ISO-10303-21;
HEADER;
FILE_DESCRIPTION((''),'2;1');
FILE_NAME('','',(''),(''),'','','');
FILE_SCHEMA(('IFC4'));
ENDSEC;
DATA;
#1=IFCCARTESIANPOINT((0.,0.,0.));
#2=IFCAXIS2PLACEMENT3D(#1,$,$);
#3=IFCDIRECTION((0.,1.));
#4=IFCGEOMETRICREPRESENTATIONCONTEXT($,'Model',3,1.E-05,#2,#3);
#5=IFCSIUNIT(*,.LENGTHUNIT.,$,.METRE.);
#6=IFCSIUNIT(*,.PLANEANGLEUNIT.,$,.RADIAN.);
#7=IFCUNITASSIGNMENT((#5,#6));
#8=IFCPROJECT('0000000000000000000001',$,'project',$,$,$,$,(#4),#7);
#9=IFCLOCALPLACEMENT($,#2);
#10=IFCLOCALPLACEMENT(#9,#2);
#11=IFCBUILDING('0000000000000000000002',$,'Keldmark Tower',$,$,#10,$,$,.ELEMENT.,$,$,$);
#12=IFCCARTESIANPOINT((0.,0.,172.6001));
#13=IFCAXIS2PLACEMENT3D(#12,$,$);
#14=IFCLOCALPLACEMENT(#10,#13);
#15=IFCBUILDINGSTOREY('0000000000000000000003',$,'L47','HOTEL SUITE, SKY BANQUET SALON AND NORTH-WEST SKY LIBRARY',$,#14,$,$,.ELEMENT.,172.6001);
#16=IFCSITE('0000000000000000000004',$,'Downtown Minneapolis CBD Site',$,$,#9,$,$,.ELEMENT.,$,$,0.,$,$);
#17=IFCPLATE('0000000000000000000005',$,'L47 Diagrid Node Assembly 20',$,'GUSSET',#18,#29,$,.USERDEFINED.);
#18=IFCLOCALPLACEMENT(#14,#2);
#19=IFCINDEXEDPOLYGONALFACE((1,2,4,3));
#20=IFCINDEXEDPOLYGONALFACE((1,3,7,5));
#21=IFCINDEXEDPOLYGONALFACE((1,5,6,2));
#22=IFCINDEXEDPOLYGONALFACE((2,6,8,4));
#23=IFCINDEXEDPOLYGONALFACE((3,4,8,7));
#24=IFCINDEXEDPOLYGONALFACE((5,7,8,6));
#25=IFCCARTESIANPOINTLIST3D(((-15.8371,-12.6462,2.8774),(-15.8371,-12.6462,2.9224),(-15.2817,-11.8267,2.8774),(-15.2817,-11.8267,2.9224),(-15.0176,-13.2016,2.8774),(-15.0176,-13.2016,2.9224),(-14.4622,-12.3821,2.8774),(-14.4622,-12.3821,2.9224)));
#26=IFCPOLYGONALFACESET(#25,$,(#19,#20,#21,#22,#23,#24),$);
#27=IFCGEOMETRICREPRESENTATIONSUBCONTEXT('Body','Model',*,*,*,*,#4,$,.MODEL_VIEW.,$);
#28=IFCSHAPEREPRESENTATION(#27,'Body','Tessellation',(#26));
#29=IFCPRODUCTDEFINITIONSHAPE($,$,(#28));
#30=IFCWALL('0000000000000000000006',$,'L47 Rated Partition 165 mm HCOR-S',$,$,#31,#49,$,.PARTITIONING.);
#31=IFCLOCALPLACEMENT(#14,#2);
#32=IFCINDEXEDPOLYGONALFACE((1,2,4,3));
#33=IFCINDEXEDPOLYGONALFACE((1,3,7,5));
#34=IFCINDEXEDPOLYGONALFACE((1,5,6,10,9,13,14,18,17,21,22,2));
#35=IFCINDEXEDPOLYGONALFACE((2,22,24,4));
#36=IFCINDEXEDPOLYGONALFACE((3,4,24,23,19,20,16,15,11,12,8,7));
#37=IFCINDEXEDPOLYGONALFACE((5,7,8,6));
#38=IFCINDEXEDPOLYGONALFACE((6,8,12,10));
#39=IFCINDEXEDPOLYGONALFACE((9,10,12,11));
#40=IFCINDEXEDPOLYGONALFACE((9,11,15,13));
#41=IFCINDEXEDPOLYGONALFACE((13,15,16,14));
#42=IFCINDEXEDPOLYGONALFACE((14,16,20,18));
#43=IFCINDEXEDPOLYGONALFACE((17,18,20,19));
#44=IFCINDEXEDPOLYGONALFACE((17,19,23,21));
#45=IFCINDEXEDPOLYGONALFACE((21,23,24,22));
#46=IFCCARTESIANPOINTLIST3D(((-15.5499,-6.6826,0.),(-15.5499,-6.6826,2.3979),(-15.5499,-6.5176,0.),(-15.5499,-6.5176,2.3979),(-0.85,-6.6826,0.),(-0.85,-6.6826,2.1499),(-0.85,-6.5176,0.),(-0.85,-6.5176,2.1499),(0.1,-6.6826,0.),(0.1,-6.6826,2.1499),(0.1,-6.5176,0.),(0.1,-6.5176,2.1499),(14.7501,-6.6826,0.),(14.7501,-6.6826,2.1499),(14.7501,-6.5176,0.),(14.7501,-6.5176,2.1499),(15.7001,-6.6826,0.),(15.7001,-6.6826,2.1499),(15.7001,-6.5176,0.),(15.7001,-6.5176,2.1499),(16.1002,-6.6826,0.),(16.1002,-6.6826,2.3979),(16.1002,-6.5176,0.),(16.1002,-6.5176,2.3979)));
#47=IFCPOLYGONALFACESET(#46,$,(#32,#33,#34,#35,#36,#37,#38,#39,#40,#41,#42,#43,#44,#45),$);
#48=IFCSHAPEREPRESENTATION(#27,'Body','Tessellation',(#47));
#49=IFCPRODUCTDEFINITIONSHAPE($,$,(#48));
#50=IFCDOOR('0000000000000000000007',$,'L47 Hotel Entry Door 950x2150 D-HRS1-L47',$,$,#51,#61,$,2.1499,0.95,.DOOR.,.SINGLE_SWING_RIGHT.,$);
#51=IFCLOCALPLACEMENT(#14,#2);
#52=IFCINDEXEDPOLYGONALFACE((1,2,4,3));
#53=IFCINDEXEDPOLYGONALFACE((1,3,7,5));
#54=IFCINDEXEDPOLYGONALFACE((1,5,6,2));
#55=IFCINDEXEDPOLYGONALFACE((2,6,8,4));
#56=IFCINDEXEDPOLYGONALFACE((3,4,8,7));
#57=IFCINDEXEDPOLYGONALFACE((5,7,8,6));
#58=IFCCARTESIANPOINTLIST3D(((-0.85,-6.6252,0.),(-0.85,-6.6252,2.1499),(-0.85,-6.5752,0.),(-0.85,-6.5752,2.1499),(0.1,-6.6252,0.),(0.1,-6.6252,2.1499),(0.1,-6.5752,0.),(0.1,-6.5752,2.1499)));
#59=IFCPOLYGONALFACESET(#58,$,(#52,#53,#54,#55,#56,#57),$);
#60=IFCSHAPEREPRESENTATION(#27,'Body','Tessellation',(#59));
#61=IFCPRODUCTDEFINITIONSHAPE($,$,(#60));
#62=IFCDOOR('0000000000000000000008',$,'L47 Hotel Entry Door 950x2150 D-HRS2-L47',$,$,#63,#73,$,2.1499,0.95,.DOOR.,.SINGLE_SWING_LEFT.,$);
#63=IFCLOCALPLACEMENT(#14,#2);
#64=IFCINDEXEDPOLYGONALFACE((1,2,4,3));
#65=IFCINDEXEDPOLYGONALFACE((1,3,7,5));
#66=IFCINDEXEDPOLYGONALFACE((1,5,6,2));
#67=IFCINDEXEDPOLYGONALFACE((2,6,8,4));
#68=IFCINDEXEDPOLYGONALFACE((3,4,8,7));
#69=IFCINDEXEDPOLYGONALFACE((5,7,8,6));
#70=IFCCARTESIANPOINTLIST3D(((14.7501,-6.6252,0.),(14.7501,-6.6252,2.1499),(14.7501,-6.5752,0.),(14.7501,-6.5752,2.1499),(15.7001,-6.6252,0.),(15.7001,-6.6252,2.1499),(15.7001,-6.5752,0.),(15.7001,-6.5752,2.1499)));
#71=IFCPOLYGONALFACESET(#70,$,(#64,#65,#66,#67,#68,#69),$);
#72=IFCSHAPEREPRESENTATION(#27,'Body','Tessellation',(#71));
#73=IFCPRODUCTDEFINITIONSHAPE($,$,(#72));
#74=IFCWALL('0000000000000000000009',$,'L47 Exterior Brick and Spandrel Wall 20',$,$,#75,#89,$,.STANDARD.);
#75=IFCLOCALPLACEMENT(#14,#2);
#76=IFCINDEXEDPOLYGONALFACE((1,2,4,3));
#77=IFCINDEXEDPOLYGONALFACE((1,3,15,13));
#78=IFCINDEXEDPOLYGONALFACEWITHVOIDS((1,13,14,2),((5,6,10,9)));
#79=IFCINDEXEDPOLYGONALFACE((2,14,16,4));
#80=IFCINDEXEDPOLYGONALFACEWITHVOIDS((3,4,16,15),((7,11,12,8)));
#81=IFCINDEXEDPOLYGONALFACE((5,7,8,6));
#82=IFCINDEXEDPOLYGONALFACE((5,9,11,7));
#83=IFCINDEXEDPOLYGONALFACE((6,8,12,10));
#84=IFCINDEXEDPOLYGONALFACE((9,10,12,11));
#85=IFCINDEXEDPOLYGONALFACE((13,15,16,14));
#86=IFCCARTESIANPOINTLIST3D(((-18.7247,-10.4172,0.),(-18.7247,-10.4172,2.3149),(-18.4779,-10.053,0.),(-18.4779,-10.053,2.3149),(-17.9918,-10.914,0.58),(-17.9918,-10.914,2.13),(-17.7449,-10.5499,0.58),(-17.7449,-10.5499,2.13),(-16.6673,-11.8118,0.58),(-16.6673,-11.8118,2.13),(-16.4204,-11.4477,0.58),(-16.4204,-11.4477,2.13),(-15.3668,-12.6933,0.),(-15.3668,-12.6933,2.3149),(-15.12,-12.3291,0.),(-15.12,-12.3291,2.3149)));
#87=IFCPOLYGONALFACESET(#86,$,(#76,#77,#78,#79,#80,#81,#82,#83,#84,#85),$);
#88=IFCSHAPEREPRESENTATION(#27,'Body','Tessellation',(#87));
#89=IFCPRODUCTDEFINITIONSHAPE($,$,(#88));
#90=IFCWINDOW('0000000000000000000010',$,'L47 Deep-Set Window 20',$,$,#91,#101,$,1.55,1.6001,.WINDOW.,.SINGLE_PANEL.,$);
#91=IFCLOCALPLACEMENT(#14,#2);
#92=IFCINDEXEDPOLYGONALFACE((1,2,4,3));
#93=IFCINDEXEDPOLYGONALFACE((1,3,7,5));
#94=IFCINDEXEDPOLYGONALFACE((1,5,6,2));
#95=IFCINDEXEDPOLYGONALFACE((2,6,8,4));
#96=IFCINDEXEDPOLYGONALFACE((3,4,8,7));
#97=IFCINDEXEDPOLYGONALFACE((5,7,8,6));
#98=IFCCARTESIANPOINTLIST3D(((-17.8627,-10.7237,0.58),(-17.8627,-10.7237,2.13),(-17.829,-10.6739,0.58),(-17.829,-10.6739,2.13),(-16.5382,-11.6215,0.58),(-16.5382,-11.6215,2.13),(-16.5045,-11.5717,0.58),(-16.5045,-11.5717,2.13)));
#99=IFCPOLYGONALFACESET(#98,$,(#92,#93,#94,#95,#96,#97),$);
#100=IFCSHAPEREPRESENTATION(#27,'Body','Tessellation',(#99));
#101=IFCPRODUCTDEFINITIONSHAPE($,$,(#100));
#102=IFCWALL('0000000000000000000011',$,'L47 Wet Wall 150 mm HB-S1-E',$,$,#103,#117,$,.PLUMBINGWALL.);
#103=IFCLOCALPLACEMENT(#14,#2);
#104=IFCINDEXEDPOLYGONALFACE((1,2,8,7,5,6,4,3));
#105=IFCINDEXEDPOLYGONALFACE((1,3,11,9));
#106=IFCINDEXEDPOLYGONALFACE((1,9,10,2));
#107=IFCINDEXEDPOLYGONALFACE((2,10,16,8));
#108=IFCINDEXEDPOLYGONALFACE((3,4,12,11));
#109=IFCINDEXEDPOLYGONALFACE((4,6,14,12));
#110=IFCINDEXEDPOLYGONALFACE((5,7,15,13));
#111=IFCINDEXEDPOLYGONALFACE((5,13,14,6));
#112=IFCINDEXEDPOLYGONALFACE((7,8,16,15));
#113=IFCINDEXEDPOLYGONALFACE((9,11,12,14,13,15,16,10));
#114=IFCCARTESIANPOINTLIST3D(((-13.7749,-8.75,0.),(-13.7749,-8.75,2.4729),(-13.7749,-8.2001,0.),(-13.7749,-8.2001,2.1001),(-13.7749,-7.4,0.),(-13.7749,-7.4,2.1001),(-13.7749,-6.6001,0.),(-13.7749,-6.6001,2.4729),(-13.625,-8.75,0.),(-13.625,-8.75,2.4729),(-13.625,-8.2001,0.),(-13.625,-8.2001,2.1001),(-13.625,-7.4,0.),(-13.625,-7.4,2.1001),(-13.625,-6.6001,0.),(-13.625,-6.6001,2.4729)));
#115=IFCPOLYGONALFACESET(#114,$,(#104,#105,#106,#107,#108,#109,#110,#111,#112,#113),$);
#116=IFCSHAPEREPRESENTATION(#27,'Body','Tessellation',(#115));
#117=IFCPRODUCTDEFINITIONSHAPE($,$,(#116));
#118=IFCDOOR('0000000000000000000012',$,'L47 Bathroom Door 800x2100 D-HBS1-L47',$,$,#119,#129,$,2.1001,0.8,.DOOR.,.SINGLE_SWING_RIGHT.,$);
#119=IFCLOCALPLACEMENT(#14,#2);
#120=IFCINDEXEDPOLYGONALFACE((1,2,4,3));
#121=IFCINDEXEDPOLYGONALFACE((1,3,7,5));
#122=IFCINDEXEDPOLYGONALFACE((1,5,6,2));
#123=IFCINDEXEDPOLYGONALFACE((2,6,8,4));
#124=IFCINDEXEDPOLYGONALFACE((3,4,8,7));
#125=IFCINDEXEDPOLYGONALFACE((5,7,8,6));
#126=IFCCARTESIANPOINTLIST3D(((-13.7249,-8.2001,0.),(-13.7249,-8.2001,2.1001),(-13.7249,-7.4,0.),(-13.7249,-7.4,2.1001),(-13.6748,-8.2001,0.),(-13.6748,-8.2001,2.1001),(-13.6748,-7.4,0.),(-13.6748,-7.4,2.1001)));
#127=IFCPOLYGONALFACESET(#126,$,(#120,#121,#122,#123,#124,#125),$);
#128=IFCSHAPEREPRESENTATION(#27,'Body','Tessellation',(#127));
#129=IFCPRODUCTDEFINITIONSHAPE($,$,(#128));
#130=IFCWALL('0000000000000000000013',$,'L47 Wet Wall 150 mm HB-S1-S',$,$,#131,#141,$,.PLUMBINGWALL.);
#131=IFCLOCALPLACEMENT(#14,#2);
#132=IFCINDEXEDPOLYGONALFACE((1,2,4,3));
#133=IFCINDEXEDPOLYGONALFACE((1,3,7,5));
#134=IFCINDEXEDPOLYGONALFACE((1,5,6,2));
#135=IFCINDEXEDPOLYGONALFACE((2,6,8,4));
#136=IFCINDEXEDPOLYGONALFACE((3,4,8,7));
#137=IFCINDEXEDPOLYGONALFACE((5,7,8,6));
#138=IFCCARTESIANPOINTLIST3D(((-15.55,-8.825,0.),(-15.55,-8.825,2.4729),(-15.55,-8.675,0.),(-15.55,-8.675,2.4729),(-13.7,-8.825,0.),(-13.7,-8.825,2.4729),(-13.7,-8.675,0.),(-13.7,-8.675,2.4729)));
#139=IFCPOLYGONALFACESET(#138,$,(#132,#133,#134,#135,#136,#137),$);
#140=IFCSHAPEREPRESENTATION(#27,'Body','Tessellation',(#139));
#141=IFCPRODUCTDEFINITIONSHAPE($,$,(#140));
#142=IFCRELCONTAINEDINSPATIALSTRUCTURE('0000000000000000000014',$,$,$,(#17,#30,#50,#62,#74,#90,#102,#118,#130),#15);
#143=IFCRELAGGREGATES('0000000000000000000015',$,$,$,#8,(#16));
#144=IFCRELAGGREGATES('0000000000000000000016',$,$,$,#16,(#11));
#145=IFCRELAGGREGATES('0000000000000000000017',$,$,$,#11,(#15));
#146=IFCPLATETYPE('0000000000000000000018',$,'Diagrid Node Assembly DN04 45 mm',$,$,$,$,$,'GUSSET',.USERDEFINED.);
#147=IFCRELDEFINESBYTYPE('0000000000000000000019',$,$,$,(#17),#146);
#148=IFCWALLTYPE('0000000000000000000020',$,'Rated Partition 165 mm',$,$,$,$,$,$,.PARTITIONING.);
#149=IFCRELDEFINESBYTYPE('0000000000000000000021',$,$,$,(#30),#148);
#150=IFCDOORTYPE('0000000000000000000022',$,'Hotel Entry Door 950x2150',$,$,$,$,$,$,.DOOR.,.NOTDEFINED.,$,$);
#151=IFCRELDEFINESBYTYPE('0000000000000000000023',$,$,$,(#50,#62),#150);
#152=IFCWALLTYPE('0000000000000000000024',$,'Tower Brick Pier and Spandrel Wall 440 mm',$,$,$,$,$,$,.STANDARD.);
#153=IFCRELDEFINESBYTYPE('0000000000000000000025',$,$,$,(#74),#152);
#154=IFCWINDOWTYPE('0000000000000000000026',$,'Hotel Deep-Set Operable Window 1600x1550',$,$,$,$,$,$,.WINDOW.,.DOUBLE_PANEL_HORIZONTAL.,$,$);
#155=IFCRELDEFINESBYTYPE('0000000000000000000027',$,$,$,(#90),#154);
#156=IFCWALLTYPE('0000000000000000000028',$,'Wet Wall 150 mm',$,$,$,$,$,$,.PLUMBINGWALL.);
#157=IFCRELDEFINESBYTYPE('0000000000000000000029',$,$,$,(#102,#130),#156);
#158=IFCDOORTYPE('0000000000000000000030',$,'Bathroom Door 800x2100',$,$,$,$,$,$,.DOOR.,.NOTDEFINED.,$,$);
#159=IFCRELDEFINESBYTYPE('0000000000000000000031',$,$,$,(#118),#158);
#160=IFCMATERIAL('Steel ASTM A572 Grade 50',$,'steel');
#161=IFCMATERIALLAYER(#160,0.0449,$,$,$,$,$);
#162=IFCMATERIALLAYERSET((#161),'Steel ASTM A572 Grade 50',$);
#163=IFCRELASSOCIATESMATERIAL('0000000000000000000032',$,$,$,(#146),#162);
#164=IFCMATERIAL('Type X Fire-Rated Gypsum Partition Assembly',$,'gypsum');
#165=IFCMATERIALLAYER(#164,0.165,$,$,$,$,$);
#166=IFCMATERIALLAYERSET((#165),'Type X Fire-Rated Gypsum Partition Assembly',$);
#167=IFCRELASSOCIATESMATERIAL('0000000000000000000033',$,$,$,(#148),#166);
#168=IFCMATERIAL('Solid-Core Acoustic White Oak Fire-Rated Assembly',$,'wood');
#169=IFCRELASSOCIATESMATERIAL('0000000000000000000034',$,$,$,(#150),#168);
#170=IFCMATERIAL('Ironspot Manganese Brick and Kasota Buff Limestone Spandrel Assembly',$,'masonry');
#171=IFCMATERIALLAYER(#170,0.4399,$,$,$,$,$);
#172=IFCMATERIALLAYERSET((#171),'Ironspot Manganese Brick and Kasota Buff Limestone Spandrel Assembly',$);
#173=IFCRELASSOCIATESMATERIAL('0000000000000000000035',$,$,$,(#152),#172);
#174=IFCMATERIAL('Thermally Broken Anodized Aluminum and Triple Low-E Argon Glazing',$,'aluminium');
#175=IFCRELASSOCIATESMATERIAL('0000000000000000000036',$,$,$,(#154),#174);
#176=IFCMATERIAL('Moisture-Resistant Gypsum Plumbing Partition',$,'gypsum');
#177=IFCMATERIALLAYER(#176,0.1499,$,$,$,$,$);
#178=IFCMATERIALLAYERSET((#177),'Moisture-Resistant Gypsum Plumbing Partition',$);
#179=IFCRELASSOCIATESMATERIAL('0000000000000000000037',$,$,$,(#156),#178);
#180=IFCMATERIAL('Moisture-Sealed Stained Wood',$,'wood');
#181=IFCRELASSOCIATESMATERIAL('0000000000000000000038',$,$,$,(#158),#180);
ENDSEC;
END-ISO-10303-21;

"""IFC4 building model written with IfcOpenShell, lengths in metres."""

from ifc_helpers import new_model, si_unit, direction, frame, frame_2d, origin, origin_2d, place, context, subcontext, project, spatial, rectangle, extrude, material, layer, layer_set, type_object, element, fill, save


model = new_model("IFC4")

# Units and contexts
model_context = context("Model", 3, precision=1e-05, world=origin(), true_north=direction((0.0, 1.0)))
body_context = subcontext(model_context, "Body", "Model", "MODEL_VIEW")
ifc_project = project(units=[si_unit("LENGTHUNIT", "METRE"), si_unit("PLANEANGLEUNIT", "RADIAN")], contexts=[model_context])

# Site, building, storey
site_placement = place(None, origin())
site = spatial("IfcSite", under=ifc_project, at=site_placement, Name="Downtown Minneapolis CBD Site", CompositionType="ELEMENT", RefElevation=0.0)
building_placement = place(site_placement, origin())
building = spatial("IfcBuilding", under=site, at=building_placement, Name="Keldmark Tower", CompositionType="ELEMENT")
storey_placement = place(building_placement, frame((0.0, 0.0, 172.6001)))
storey = spatial("IfcBuildingStorey", under=building, at=storey_placement, Name="L47", Description="HOTEL SUITE, SKY BANQUET SALON AND NORTH-WEST SKY LIBRARY", CompositionType="ELEMENT", Elevation=172.6001)

# Plate
ifc_material_1 = material(Name="Steel ASTM A572 Grade 50", Category="steel")
ifc_layer_1 = layer(ifc_material_1, 0.0449)
ifc_layer_set_1 = layer_set([ifc_layer_1], Name="Steel ASTM A572 Grade 50")
plate_type = type_object("IfcPlateType", Name="Diagrid Node Assembly DN04 45 mm", ElementType="GUSSET", PredefinedType="USERDEFINED", material=ifc_layer_set_1)
plate_placement = place(storey_placement, frame((-15.1497, -12.5142, 2.8774), z_axis=(0.0, 0.0, 1.0), x_axis=(0.827767, -0.561072, 0.0)))
element("IfcPlate", 1, at=plate_placement, inside=storey, type_object=plate_type, Name="L47 Diagrid Node Assembly 20", ObjectType="GUSSET", PredefinedType="USERDEFINED", context=body_context, shape_type="SweptSolid", body=[
    extrude(rectangle(XDim=0.99, YDim=0.99, at=origin_2d()), origin(), (0.0, 0.0, 1.0), 0.0449),
])

# Wall, openings, doors
ifc_material_2 = material(Name="Type X Fire-Rated Gypsum Partition Assembly", Category="gypsum")
ifc_layer_2 = layer(ifc_material_2, 0.165)
ifc_layer_set_2 = layer_set([ifc_layer_2], Name="Type X Fire-Rated Gypsum Partition Assembly")
wall_type_1 = type_object("IfcWallType", Name="Rated Partition 165 mm", PredefinedType="PARTITIONING", material=ifc_layer_set_2)
wall_1_placement = place(storey_placement, frame((-15.55, -6.6001, 0.0), z_axis=(0.0, 0.0, 1.0), x_axis=(1.0, 0.0, 0.0)))
wall_1 = element("IfcWall", 2, at=wall_1_placement, inside=storey, type_object=wall_type_1, Name="L47 Rated Partition 165 mm HCOR-S", PredefinedType="PARTITIONING", context=body_context, shape_type="SweptSolid", body=[
    extrude(rectangle(XDim=31.6501, YDim=0.165, at=frame_2d((15.8252, 0.0))), origin(), (0.0, 0.0, 1.0), 2.3979),
])
opening_1_placement = place(wall_1_placement, frame((14.7, 0.0, 0.0)))
opening_1 = element("IfcOpeningElement", 3, at=opening_1_placement, cuts=wall_1, PredefinedType="OPENING", context=body_context, shape_type="SweptSolid", body=[
    extrude(rectangle(XDim=0.95, YDim=2.1499, at=frame_2d((0.4751, 1.075))), frame((0.0, 0.0925, 0.0), z_axis=(0.0, -1.0, 0.0), x_axis=(1.0, 0.0, 0.0)), (0.0, 0.0, 1.0), 0.1851),
])
opening_2_placement = place(wall_1_placement, frame((30.3, 0.0, 0.0)))
opening_2 = element("IfcOpeningElement", 4, at=opening_2_placement, cuts=wall_1, PredefinedType="OPENING", context=body_context, shape_type="SweptSolid", body=[
    extrude(rectangle(XDim=0.95, YDim=2.1499, at=frame_2d((0.4751, 1.075))), frame((0.0, 0.0925, 0.0), z_axis=(0.0, -1.0, 0.0), x_axis=(1.0, 0.0, 0.0)), (0.0, 0.0, 1.0), 0.1851),
])
ifc_material_3 = material(Name="Solid-Core Acoustic White Oak Fire-Rated Assembly", Category="wood")
door_type_1 = type_object("IfcDoorType", Name="Hotel Entry Door 950x2150", OperationType="NOTDEFINED", PredefinedType="DOOR", material=ifc_material_3)
door_1_placement = place(opening_1_placement, origin())
door_1 = element("IfcDoor", 5, at=door_1_placement, inside=storey, type_object=door_type_1, Name="L47 Hotel Entry Door 950x2150 D-HRS1-L47", OperationType="SINGLE_SWING_RIGHT", OverallHeight=2.1499, OverallWidth=0.95, PredefinedType="DOOR", context=body_context, shape_type="SweptSolid", body=[
    extrude(rectangle(XDim=0.95, YDim=2.1499, at=frame_2d((0.4751, 1.075))), frame((0.0, 0.0249, 0.0), z_axis=(0.0, -1.0, 0.0), x_axis=(1.0, 0.0, 0.0)), (0.0, 0.0, 1.0), 0.05),
])
fill(opening_1, door_1)
door_2_placement = place(opening_2_placement, origin())
door_2 = element("IfcDoor", 6, at=door_2_placement, inside=storey, type_object=door_type_1, Name="L47 Hotel Entry Door 950x2150 D-HRS2-L47", OperationType="SINGLE_SWING_LEFT", OverallHeight=2.1499, OverallWidth=0.95, PredefinedType="DOOR", context=body_context, shape_type="SweptSolid", body=[
    extrude(rectangle(XDim=0.95, YDim=2.1499, at=frame_2d((0.4751, 1.075))), frame((0.0, 0.0249, 0.0), z_axis=(0.0, -1.0, 0.0), x_axis=(1.0, 0.0, 0.0)), (0.0, 0.0, 1.0), 0.05),
])
fill(opening_2, door_2)

# Wall, opening, window
ifc_material_4 = material(Name="Ironspot Manganese Brick and Kasota Buff Limestone Spandrel Assembly", Category="masonry")
ifc_layer_3 = layer(ifc_material_4, 0.4399)
ifc_layer_set_3 = layer_set([ifc_layer_3], Name="Ironspot Manganese Brick and Kasota Buff Limestone Spandrel Assembly")
wall_type_2 = type_object("IfcWallType", Name="Tower Brick Pier and Spandrel Wall 440 mm", PredefinedType="STANDARD", material=ifc_layer_set_3)
wall_2_placement = place(storey_placement, frame((-15.2434, -12.5112, 0.0), z_axis=(0.0, 0.0, 1.0), x_axis=(-0.827757, 0.561086, 0.0)))
wall_2 = element("IfcWall", 7, at=wall_2_placement, inside=storey, type_object=wall_type_2, Name="L47 Exterior Brick and Spandrel Wall 20", PredefinedType="STANDARD", context=body_context, shape_type="SweptSolid", body=[
    extrude(rectangle(XDim=4.0566, YDim=0.4399, at=frame_2d((2.0283, 0.0))), origin(), (0.0, 0.0, 1.0), 2.3149),
])
opening_3_placement = place(wall_2_placement, frame((1.571, 0.0, 0.5801)))
opening_3 = element("IfcOpeningElement", 8, at=opening_3_placement, cuts=wall_2, PredefinedType="OPENING", context=body_context, shape_type="SweptSolid", body=[
    extrude(rectangle(XDim=1.6001, YDim=1.55, at=frame_2d((0.8, 0.7749))), frame((0.0, 0.23, 0.0), z_axis=(0.0, -1.0, 0.0), x_axis=(1.0, 0.0, 0.0)), (0.0, 0.0, 1.0), 0.46),
])
ifc_material_5 = material(Name="Thermally Broken Anodized Aluminum and Triple Low-E Argon Glazing", Category="aluminium")
window_type = type_object("IfcWindowType", Name="Hotel Deep-Set Operable Window 1600x1550", PartitioningType="DOUBLE_PANEL_HORIZONTAL", PredefinedType="WINDOW", material=ifc_material_5)
window_placement = place(opening_3_placement, origin())
window = element("IfcWindow", 9, at=window_placement, inside=storey, type_object=window_type, Name="L47 Deep-Set Window 20", OverallHeight=1.55, OverallWidth=1.6001, PartitioningType="SINGLE_PANEL", PredefinedType="WINDOW", context=body_context, shape_type="SweptSolid", body=[
    extrude(rectangle(XDim=1.6001, YDim=1.55, at=frame_2d((0.8, 0.7749))), frame((0.0, -0.01, 0.0), z_axis=(0.0, -1.0, 0.0), x_axis=(1.0, 0.0, 0.0)), (0.0, 0.0, 1.0), 0.0601),
])
fill(opening_3, window)

# Wall, opening, door
ifc_material_6 = material(Name="Moisture-Resistant Gypsum Plumbing Partition", Category="gypsum")
ifc_layer_4 = layer(ifc_material_6, 0.1499)
ifc_layer_set_4 = layer_set([ifc_layer_4], Name="Moisture-Resistant Gypsum Plumbing Partition")
wall_type_3 = type_object("IfcWallType", Name="Wet Wall 150 mm", PredefinedType="PLUMBINGWALL", material=ifc_layer_set_4)
wall_3_placement = place(storey_placement, frame((-13.7, -8.75, 0.0), z_axis=(0.0, 0.0, 1.0), x_axis=(0.0, 1.0, 0.0)))
wall_3 = element("IfcWall", 10, at=wall_3_placement, inside=storey, type_object=wall_type_3, Name="L47 Wet Wall 150 mm HB-S1-E", PredefinedType="PLUMBINGWALL", context=body_context, shape_type="SweptSolid", body=[
    extrude(rectangle(XDim=2.1499, YDim=0.1499, at=frame_2d((1.075, 0.0))), origin(), (0.0, 0.0, 1.0), 2.4729),
])
opening_4_placement = place(wall_3_placement, frame((0.55, 0.0, 0.0)))
opening_4 = element("IfcOpeningElement", 11, at=opening_4_placement, cuts=wall_3, PredefinedType="OPENING", context=body_context, shape_type="SweptSolid", body=[
    extrude(rectangle(XDim=0.8, YDim=2.1001, at=frame_2d((0.3999, 1.05))), frame((0.0, 0.085, 0.0), z_axis=(0.0, -1.0, 0.0), x_axis=(1.0, 0.0, 0.0)), (0.0, 0.0, 1.0), 0.1699),
])
ifc_material_7 = material(Name="Moisture-Sealed Stained Wood", Category="wood")
door_type_2 = type_object("IfcDoorType", Name="Bathroom Door 800x2100", OperationType="NOTDEFINED", PredefinedType="DOOR", material=ifc_material_7)
door_3_placement = place(opening_4_placement, origin())
door_3 = element("IfcDoor", 12, at=door_3_placement, inside=storey, type_object=door_type_2, Name="L47 Bathroom Door 800x2100 D-HBS1-L47", OperationType="SINGLE_SWING_RIGHT", OverallHeight=2.1001, OverallWidth=0.8, PredefinedType="DOOR", context=body_context, shape_type="SweptSolid", body=[
    extrude(rectangle(XDim=0.8, YDim=2.1001, at=frame_2d((0.3999, 1.05))), frame((0.0, 0.0249, 0.0), z_axis=(0.0, -1.0, 0.0), x_axis=(1.0, 0.0, 0.0)), (0.0, 0.0, 1.0), 0.05),
])
fill(opening_4, door_3)

# Wall
wall_4_placement = place(storey_placement, frame((-15.55, -8.75, 0.0), z_axis=(0.0, 0.0, 1.0), x_axis=(1.0, 0.0, 0.0)))
element("IfcWall", 13, at=wall_4_placement, inside=storey, type_object=wall_type_3, Name="L47 Wet Wall 150 mm HB-S1-S", PredefinedType="PLUMBINGWALL", context=body_context, shape_type="SweptSolid", body=[
    extrude(rectangle(XDim=1.8501, YDim=0.1499, at=frame_2d((0.925, 0.0))), origin(), (0.0, 0.0, 1.0), 2.4729),
])

save(model, "model.ifc")
